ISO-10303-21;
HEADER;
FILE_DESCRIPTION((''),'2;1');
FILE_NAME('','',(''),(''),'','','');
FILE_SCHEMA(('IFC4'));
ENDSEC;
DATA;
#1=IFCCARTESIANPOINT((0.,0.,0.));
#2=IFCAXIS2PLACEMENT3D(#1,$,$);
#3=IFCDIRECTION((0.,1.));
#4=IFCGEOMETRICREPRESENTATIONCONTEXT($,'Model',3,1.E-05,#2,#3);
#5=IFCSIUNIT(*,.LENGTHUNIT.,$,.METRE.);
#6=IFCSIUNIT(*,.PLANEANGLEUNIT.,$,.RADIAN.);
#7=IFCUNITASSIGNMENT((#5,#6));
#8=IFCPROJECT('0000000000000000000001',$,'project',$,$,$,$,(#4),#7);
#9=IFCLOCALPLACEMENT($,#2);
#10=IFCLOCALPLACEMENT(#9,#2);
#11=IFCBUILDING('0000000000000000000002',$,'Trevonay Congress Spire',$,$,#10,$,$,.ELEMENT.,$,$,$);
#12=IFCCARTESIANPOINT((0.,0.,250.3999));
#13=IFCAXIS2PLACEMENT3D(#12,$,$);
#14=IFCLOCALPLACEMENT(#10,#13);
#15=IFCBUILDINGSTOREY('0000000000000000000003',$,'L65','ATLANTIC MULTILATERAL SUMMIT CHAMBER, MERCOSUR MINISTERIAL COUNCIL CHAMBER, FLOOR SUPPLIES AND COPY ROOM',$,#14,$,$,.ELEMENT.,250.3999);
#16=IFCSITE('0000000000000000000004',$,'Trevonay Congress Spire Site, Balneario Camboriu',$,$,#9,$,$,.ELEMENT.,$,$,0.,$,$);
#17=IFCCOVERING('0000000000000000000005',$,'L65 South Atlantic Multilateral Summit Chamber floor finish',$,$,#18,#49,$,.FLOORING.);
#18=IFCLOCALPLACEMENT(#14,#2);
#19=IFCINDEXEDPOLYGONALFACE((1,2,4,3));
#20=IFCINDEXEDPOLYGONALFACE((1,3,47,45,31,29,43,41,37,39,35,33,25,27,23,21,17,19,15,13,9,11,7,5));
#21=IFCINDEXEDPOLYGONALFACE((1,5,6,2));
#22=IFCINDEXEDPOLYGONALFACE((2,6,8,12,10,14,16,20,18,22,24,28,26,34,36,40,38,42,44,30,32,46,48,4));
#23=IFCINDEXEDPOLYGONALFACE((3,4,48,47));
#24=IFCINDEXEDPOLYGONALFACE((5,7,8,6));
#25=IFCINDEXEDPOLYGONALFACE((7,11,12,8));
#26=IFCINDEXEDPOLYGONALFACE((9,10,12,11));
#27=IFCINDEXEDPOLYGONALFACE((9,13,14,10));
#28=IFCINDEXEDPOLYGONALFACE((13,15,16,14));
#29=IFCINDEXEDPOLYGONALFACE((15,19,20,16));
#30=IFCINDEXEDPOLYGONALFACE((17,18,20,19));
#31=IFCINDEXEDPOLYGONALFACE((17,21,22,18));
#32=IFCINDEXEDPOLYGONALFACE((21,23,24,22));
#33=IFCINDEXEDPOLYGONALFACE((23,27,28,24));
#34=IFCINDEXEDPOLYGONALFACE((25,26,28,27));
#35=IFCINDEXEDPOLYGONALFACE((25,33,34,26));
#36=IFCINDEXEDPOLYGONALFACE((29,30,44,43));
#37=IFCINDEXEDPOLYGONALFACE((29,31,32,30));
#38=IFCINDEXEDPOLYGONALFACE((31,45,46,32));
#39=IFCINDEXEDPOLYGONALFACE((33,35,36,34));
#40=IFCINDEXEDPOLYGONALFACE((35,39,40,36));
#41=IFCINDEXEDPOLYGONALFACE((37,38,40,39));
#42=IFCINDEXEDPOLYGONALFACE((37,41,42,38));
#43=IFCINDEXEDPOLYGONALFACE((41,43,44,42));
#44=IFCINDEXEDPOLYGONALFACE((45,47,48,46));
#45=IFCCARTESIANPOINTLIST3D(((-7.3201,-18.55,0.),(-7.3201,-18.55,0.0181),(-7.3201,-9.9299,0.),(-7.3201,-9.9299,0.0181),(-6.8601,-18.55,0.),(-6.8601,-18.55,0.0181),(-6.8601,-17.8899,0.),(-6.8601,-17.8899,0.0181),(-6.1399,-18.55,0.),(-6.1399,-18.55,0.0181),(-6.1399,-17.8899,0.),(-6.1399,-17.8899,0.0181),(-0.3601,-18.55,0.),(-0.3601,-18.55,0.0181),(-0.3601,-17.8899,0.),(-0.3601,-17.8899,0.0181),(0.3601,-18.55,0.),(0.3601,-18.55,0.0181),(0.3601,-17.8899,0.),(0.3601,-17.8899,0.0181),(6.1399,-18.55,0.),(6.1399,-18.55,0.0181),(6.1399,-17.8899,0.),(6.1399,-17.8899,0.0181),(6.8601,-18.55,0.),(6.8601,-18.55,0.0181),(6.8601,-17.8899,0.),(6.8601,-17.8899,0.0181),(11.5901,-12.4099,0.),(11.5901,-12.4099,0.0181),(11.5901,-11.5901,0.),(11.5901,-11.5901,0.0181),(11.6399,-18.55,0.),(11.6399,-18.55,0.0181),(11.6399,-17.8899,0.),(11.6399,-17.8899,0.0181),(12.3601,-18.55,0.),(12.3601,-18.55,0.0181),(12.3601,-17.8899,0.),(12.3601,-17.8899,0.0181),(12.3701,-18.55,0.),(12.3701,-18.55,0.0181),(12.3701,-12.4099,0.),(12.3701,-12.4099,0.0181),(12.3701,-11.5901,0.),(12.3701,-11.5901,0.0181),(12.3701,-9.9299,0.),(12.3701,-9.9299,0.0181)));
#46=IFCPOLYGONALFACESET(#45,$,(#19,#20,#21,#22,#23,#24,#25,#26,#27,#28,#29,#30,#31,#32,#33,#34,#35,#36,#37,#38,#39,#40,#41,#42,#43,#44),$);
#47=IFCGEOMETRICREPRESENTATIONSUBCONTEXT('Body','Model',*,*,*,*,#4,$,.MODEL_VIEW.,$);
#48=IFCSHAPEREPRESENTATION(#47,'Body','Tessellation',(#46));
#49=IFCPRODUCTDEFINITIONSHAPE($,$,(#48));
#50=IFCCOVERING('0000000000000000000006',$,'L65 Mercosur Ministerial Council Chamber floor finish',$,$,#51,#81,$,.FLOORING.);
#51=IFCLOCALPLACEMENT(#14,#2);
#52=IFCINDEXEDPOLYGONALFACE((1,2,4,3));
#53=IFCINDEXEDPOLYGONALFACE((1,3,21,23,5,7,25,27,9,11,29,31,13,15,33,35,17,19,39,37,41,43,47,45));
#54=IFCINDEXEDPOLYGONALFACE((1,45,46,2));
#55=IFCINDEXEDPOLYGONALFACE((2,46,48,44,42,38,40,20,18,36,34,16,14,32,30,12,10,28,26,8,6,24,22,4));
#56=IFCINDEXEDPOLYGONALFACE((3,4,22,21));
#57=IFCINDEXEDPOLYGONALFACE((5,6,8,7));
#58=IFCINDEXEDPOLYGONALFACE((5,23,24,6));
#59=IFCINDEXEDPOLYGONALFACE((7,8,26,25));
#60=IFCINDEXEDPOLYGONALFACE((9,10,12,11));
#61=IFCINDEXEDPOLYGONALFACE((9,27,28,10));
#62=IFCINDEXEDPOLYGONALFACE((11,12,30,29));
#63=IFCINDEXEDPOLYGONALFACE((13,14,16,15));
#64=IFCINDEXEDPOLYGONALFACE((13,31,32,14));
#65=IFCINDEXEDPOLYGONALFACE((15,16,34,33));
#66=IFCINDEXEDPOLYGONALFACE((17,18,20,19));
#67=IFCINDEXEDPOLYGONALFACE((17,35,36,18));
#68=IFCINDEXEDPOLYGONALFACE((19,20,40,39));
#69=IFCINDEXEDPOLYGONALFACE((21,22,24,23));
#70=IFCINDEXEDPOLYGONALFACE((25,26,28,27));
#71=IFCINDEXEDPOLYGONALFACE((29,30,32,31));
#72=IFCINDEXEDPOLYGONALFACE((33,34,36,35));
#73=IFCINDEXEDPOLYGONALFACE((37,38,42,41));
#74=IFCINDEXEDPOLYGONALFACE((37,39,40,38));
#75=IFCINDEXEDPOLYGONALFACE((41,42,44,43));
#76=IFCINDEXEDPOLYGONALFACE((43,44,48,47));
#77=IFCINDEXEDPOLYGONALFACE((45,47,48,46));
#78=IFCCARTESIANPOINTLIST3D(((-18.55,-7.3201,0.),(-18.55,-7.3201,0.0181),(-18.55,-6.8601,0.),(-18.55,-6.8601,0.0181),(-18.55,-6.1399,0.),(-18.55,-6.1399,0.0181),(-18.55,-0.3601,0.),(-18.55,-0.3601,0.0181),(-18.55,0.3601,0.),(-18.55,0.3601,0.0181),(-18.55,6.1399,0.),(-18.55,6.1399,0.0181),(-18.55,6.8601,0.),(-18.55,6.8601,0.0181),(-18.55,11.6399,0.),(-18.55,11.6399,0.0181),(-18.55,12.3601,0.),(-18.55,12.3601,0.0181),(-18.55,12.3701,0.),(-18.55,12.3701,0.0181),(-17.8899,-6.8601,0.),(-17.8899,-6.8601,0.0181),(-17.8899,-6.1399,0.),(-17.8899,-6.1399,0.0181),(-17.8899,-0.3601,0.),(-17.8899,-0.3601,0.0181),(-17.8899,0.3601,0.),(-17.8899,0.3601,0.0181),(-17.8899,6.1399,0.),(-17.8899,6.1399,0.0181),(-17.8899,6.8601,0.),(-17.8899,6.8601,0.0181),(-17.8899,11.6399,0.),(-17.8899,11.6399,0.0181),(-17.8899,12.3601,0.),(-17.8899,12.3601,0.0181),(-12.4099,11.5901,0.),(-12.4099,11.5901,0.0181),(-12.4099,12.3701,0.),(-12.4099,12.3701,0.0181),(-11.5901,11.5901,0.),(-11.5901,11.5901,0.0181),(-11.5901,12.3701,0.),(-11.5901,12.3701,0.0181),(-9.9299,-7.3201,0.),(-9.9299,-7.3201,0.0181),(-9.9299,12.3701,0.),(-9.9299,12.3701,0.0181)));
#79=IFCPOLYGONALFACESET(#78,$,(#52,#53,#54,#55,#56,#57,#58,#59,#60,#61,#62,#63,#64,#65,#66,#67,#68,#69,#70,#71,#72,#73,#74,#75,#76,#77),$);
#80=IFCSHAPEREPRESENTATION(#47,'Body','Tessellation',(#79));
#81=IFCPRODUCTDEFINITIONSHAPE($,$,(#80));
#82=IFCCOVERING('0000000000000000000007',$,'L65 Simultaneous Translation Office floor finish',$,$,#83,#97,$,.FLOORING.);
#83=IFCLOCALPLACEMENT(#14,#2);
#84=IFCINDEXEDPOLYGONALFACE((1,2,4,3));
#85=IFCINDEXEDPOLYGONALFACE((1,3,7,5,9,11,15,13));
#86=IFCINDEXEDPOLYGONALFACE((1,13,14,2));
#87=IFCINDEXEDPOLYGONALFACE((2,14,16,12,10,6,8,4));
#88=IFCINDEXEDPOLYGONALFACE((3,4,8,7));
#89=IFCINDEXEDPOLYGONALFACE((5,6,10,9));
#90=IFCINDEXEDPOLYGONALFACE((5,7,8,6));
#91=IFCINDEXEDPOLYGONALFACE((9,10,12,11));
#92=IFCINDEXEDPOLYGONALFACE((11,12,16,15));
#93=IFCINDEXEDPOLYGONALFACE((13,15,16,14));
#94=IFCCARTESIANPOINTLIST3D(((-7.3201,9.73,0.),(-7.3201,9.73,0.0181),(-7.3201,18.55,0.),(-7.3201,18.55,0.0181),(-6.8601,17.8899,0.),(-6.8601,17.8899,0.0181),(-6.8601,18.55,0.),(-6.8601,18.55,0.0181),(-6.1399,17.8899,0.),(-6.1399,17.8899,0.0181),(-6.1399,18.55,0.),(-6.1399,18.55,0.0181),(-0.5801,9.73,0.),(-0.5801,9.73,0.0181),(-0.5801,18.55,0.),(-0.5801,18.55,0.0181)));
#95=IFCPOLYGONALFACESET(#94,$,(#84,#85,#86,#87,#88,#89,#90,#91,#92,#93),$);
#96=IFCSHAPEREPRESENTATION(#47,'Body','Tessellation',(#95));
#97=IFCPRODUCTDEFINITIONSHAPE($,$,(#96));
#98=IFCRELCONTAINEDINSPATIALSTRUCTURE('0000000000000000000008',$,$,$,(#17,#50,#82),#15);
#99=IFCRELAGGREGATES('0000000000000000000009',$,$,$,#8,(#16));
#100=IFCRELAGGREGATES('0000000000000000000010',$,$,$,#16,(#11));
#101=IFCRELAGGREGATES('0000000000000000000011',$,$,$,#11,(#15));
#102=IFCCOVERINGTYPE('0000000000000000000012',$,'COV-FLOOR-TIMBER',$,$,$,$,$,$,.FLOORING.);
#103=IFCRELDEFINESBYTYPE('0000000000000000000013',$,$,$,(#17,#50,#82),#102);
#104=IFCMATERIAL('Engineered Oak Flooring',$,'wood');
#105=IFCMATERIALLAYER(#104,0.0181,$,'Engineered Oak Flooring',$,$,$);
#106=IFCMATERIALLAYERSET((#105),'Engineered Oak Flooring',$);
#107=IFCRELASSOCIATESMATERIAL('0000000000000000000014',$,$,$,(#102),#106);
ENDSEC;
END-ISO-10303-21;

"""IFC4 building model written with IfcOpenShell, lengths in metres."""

from ifc_helpers import new_model, si_unit, direction, frame, origin, place, context, subcontext, project, spatial, polyline, outline, extrude, material, layer, layer_set, type_object, element, save


model = new_model("IFC4")

# Units and contexts
model_context = context("Model", 3, precision=1e-05, world=origin(), true_north=direction((0.0, 1.0)))
body_context = subcontext(model_context, "Body", "Model", "MODEL_VIEW")
ifc_project = project(units=[si_unit("LENGTHUNIT", "METRE"), si_unit("PLANEANGLEUNIT", "RADIAN")], contexts=[model_context])

# Site, building, storey
site_placement = place(None, origin())
site = spatial("IfcSite", under=ifc_project, at=site_placement, Name="Trevonay Congress Spire Site, Balneario Camboriu", CompositionType="ELEMENT", RefElevation=0.0)
building_placement = place(site_placement, origin())
building = spatial("IfcBuilding", under=site, at=building_placement, Name="Trevonay Congress Spire", CompositionType="ELEMENT")
storey_placement = place(building_placement, frame((0.0, 0.0, 250.3999)))
storey = spatial("IfcBuildingStorey", under=building, at=storey_placement, Name="L65", Description="ATLANTIC MULTILATERAL SUMMIT CHAMBER, MERCOSUR MINISTERIAL COUNCIL CHAMBER, FLOOR SUPPLIES AND COPY ROOM", CompositionType="ELEMENT", Elevation=250.3999)

# Coverings
ifc_material_1 = material(Name="Engineered Oak Flooring", Category="wood")
ifc_layer_1 = layer(ifc_material_1, 0.0181, Name="Engineered Oak Flooring")
ifc_layer_set_1 = layer_set([ifc_layer_1], Name="Engineered Oak Flooring")
covering_type_1 = type_object("IfcCoveringType", Name="COV-FLOOR-TIMBER", PredefinedType="FLOORING", material=ifc_layer_set_1)
covering_1_placement = place(storey_placement, origin())
element("IfcCovering", 1, at=covering_1_placement, inside=storey, type_object=covering_type_1, Name="L65 South Atlantic Multilateral Summit Chamber floor finish", PredefinedType="FLOORING", context=body_context, shape_type="SweptSolid", body=[
    extrude(outline(polyline([(-7.3201, -18.55), (-7.3201, -9.9299), (12.3701, -9.9299), (12.3701, -11.5901), (11.5901, -11.5901), (11.5901, -12.4099), (12.3701, -12.4099), (12.3701, -18.55), (12.3601, -18.55), (12.3601, -17.8899), (11.6399, -17.8899), (11.6399, -18.55), (6.8601, -18.55), (6.8601, -17.8899), (6.1399, -17.8899), (6.1399, -18.55), (0.3601, -18.55), (0.3601, -17.8899), (-0.3601, -17.8899), (-0.3601, -18.55), (-6.1399, -18.55), (-6.1399, -17.8899), (-6.8601, -17.8899), (-6.8601, -18.55), (-7.3201, -18.55)])), origin(), (0.0, 0.0, 1.0), 0.0181),
])
covering_2_placement = place(storey_placement, origin())
element("IfcCovering", 2, at=covering_2_placement, inside=storey, type_object=covering_type_1, Name="L65 Mercosur Ministerial Council Chamber floor finish", PredefinedType="FLOORING", context=body_context, shape_type="SweptSolid", body=[
    extrude(outline(polyline([(-9.9299, 12.3701), (-9.9299, -7.3201), (-18.55, -7.3201), (-18.55, -6.8601), (-17.8899, -6.8601), (-17.8899, -6.1399), (-18.55, -6.1399), (-18.55, -0.3601), (-17.8899, -0.3601), (-17.8899, 0.3601), (-18.55, 0.3601), (-18.55, 6.1399), (-17.8899, 6.1399), (-17.8899, 6.8601), (-18.55, 6.8601), (-18.55, 11.6399), (-17.8899, 11.6399), (-17.8899, 12.3601), (-18.55, 12.3601), (-18.55, 12.3701), (-12.4099, 12.3701), (-12.4099, 11.5901), (-11.5901, 11.5901), (-11.5901, 12.3701), (-9.9299, 12.3701)])), origin(), (0.0, 0.0, 1.0), 0.0181),
])
covering_3_placement = place(storey_placement, origin())
element("IfcCovering", 3, at=covering_3_placement, inside=storey, type_object=covering_type_1, Name="L65 Simultaneous Translation Office floor finish", PredefinedType="FLOORING", context=body_context, shape_type="SweptSolid", body=[
    extrude(outline(polyline([(-0.5801, 18.55), (-0.5801, 9.73), (-7.3201, 9.73), (-7.3201, 18.55), (-6.8601, 18.55), (-6.8601, 17.8899), (-6.1399, 17.8899), (-6.1399, 18.55), (-0.5801, 18.55)])), origin(), (0.0, 0.0, 1.0), 0.0181),
])

save(model, "model.ifc")
